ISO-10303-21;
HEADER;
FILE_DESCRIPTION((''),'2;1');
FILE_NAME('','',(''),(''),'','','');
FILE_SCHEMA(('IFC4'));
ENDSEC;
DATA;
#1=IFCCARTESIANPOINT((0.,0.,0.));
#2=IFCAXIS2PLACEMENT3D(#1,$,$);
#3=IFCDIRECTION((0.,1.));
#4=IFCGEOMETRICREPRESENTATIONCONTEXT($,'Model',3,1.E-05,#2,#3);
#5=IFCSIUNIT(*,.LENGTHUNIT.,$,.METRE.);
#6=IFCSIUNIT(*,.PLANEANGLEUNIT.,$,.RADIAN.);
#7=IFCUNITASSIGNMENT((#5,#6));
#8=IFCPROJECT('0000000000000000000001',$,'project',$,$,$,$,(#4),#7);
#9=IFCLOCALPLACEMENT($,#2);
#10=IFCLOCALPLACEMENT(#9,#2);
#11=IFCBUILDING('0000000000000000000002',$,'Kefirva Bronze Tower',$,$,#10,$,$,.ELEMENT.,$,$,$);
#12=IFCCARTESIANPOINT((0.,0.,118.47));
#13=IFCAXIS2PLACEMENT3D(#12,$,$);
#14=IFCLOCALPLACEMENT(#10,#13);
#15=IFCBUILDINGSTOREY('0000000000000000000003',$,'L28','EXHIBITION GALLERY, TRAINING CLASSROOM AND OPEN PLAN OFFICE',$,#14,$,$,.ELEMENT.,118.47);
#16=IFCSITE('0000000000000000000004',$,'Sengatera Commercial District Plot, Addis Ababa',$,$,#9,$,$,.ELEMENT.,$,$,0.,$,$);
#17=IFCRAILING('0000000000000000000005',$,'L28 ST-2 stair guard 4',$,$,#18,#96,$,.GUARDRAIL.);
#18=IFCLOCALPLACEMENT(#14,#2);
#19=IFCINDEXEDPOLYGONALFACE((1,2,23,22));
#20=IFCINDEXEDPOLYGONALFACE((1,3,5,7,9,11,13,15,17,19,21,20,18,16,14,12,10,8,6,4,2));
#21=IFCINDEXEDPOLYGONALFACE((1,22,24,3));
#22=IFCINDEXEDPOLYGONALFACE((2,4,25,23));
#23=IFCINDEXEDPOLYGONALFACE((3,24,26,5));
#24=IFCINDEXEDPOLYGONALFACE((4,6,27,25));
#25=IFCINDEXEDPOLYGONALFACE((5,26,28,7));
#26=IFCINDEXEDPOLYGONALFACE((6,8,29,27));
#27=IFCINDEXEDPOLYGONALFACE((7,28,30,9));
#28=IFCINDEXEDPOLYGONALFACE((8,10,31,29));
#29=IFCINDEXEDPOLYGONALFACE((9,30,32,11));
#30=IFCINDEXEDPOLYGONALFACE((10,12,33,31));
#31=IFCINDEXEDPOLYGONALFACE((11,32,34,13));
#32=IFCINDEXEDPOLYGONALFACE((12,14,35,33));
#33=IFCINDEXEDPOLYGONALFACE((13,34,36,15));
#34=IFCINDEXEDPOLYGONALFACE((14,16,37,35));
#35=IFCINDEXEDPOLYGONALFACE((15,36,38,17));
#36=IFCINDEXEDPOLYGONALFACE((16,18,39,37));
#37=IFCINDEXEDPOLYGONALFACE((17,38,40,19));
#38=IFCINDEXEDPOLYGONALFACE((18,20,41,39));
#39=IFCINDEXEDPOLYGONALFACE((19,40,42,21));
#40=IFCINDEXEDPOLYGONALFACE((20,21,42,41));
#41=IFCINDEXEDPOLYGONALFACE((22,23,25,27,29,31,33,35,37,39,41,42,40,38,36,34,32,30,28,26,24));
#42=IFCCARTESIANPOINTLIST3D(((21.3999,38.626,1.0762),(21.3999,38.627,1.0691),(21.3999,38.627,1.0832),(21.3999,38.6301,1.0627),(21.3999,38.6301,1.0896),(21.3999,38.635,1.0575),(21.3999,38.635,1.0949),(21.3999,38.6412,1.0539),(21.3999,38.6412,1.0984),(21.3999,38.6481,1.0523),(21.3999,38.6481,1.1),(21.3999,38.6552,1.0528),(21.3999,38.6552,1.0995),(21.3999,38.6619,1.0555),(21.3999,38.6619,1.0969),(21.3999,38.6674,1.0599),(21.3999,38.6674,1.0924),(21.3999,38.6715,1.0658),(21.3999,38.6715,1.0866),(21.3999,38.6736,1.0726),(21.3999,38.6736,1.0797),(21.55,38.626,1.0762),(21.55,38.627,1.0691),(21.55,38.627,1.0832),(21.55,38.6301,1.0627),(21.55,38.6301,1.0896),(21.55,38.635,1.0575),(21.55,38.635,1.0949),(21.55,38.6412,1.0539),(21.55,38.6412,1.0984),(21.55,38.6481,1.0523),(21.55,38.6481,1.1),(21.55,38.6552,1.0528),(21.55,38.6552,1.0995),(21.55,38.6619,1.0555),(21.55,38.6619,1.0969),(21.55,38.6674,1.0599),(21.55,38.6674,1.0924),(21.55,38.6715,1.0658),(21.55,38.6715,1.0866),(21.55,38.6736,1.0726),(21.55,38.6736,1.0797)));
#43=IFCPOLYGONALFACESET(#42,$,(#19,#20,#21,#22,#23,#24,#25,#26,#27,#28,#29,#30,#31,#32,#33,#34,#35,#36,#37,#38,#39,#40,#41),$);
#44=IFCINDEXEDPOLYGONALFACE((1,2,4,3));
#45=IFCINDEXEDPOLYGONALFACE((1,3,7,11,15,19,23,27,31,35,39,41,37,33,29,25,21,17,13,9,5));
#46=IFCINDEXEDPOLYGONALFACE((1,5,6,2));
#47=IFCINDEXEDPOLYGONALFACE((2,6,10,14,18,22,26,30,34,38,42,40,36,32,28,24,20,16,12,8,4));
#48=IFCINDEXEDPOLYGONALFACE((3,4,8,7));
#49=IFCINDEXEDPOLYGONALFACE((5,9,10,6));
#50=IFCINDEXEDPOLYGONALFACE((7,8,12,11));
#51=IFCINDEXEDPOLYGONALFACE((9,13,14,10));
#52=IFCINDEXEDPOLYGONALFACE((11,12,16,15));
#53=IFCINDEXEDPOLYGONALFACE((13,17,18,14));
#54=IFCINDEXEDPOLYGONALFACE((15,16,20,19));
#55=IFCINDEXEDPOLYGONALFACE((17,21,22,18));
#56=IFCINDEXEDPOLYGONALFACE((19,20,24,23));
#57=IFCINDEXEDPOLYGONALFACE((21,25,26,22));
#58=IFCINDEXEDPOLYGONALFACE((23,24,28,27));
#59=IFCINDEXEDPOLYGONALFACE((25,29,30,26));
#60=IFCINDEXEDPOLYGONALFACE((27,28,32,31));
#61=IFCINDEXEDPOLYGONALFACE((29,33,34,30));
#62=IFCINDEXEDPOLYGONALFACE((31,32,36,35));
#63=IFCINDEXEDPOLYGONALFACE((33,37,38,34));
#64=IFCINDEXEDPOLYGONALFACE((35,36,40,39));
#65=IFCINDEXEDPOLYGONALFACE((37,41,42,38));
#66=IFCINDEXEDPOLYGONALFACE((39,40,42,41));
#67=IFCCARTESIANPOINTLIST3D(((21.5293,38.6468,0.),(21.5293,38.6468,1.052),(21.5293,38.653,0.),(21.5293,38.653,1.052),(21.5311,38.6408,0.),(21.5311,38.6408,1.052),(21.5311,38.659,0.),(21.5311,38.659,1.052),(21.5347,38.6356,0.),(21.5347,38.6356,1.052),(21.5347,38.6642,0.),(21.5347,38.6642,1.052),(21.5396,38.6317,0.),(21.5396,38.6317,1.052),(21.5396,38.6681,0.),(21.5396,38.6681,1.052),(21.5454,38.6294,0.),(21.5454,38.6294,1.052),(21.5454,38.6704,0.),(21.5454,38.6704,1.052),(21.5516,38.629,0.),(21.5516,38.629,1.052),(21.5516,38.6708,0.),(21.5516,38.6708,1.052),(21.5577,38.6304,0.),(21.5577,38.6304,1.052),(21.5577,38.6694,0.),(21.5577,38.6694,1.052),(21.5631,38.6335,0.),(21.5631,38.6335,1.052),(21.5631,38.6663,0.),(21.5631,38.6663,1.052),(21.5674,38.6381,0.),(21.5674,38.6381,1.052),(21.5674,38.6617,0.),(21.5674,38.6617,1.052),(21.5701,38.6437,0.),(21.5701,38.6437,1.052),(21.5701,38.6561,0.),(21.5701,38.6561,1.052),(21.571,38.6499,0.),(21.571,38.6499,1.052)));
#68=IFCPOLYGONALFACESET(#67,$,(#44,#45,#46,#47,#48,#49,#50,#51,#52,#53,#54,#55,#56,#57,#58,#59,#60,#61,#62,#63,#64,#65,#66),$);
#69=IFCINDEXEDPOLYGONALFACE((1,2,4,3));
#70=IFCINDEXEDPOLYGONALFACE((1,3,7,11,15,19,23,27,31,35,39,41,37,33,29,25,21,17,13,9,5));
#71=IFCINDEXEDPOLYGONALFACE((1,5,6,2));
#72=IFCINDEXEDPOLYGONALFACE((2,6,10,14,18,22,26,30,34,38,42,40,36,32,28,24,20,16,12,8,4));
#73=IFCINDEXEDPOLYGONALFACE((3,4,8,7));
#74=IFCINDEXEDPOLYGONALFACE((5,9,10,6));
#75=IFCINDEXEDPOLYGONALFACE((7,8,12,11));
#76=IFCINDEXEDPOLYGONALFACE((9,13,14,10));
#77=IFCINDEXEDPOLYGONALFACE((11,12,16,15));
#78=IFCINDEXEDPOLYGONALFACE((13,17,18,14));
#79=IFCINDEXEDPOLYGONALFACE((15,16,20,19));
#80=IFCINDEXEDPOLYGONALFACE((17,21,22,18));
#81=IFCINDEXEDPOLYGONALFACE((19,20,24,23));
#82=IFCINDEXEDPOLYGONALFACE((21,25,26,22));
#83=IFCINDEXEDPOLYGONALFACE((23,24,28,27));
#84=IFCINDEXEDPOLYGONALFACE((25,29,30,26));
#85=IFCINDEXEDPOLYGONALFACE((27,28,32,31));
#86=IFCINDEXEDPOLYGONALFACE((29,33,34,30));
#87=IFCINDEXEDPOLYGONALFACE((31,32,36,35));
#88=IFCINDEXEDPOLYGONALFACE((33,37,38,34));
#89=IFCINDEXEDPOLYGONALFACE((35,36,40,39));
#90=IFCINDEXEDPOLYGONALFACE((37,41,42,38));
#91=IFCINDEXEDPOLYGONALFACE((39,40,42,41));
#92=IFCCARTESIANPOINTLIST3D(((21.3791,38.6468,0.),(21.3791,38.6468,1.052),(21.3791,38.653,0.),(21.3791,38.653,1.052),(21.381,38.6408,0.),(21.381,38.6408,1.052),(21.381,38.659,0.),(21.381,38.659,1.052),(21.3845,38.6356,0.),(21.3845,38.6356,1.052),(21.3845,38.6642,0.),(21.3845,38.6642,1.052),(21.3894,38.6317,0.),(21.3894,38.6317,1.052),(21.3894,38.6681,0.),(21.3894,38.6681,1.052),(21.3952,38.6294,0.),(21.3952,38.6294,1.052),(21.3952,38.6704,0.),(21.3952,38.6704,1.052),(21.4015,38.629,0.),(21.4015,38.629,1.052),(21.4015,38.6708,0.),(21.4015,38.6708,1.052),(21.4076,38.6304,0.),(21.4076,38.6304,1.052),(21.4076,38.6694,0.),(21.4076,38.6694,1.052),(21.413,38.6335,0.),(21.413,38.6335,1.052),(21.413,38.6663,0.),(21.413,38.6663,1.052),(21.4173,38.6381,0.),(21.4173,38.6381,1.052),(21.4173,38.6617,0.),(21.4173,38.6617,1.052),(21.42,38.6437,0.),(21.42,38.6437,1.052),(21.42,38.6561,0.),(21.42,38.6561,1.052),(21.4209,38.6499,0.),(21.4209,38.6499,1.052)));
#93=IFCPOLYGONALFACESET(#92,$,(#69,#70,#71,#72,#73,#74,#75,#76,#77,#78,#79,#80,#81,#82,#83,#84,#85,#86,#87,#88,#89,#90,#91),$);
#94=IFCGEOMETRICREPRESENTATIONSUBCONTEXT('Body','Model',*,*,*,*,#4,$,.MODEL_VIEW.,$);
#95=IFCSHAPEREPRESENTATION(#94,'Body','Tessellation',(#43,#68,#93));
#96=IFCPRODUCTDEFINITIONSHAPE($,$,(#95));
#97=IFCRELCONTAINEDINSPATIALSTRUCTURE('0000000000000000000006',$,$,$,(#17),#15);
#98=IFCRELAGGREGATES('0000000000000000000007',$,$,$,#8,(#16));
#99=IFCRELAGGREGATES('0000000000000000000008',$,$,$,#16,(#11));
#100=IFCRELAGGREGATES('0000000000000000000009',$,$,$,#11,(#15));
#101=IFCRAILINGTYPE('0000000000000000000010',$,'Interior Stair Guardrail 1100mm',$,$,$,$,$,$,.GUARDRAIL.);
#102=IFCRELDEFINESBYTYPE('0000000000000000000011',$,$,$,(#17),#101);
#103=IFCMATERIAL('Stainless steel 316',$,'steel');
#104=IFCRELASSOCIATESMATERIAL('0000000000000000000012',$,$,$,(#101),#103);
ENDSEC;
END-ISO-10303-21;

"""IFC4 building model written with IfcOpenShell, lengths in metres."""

from ifc_helpers import new_model, si_unit, direction, frame, origin, origin_2d, place, context, subcontext, project, spatial, circle, extrude, material, type_object, element, save


model = new_model("IFC4")

# Units and contexts
model_context = context("Model", 3, precision=1e-05, world=origin(), true_north=direction((0.0, 1.0)))
body_context = subcontext(model_context, "Body", "Model", "MODEL_VIEW")
ifc_project = project(units=[si_unit("LENGTHUNIT", "METRE"), si_unit("PLANEANGLEUNIT", "RADIAN")], contexts=[model_context])

# Site, building, storey
site_placement = place(None, origin())
site = spatial("IfcSite", under=ifc_project, at=site_placement, Name="Sengatera Commercial District Plot, Addis Ababa", CompositionType="ELEMENT", RefElevation=0.0)
building_placement = place(site_placement, origin())
building = spatial("IfcBuilding", under=site, at=building_placement, Name="Kefirva Bronze Tower", CompositionType="ELEMENT")
storey_placement = place(building_placement, frame((0.0, 0.0, 118.47)))
storey = spatial("IfcBuildingStorey", under=building, at=storey_placement, Name="L28", Description="EXHIBITION GALLERY, TRAINING CLASSROOM AND OPEN PLAN OFFICE", CompositionType="ELEMENT", Elevation=118.47)

# Railing
ifc_material_1 = material(Name="Stainless steel 316", Category="steel")
railing_type_1 = type_object("IfcRailingType", Name="Interior Stair Guardrail 1100mm", PredefinedType="GUARDRAIL", material=ifc_material_1)
railing_1_placement = place(storey_placement, frame((21.55, 38.6499, 0.0)))
element("IfcRailing", 1, at=railing_1_placement, inside=storey, type_object=railing_type_1, Name="L28 ST-2 stair guard 4", PredefinedType="GUARDRAIL", context=body_context, shape_type="SweptSolid", body=[
    extrude(circle(Radius=0.0239, at=origin_2d()), frame((0.0, 0.0, 1.0762), z_axis=(-1.0, 0.0, 0.0), x_axis=(0.0, -1.0, 0.0)), (0.0, 0.0, 1.0), 0.1501),
    extrude(circle(Radius=0.021, at=origin_2d()), origin(), (0.0, 0.0, 1.0), 1.052),
    extrude(circle(Radius=0.021, at=origin_2d()), frame((-0.1501, 0.0, 0.0)), (0.0, 0.0, 1.0), 1.052),
])

save(model, "model.ifc")
